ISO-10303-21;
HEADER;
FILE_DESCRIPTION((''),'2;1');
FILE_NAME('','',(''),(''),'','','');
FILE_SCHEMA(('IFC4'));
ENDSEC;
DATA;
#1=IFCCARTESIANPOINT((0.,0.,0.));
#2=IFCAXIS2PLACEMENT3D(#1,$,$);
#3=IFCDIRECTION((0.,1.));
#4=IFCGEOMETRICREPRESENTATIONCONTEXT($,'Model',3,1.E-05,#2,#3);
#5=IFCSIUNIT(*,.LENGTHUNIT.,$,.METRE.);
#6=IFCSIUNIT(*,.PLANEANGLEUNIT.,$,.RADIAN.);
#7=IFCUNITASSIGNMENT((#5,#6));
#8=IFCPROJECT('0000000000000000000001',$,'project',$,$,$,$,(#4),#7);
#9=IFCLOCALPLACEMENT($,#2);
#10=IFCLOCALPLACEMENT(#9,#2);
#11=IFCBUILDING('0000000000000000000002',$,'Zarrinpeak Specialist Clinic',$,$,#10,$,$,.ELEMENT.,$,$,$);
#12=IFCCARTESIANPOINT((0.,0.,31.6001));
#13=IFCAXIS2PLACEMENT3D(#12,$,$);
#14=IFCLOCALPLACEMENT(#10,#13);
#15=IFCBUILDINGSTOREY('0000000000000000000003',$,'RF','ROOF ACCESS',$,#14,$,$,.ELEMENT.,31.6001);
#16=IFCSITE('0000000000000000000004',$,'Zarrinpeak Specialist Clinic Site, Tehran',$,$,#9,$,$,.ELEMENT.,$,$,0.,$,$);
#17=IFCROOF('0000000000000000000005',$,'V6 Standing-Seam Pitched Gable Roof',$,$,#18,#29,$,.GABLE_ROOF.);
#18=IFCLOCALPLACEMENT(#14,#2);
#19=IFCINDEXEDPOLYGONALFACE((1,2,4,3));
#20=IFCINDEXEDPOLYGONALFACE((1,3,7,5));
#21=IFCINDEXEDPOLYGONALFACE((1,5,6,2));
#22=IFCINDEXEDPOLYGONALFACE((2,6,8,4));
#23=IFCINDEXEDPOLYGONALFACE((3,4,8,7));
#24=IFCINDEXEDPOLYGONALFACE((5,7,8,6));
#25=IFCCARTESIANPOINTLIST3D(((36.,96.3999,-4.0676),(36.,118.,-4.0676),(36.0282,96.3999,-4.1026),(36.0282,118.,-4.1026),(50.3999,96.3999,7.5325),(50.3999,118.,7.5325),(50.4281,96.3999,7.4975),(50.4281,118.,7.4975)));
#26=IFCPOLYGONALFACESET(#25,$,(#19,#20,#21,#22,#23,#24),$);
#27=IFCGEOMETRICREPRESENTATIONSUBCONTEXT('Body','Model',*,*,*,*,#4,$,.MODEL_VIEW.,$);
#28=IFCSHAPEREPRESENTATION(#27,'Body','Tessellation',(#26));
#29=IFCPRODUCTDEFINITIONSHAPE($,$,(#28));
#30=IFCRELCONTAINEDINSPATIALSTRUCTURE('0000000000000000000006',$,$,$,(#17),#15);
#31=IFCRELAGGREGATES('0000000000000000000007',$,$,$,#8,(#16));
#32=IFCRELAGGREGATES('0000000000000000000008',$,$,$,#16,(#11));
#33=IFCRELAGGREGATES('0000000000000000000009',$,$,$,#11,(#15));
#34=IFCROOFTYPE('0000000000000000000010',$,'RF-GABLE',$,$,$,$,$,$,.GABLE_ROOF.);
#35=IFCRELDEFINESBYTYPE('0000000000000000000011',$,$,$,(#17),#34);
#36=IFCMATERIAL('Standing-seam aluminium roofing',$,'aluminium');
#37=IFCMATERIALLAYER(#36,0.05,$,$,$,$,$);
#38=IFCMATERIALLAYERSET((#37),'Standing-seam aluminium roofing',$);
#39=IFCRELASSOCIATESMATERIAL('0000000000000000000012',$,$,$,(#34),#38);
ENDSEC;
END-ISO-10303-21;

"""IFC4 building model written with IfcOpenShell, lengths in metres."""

from ifc_helpers import new_model, si_unit, direction, frame, origin, place, context, subcontext, project, spatial, polyline, outline, extrude, material, layer, layer_set, type_object, element, save


model = new_model("IFC4")

# Units and contexts
model_context = context("Model", 3, precision=1e-05, world=origin(), true_north=direction((0.0, 1.0)))
body_context = subcontext(model_context, "Body", "Model", "MODEL_VIEW")
ifc_project = project(units=[si_unit("LENGTHUNIT", "METRE"), si_unit("PLANEANGLEUNIT", "RADIAN")], contexts=[model_context])

# Site, building, storey
site_placement = place(None, origin())
site = spatial("IfcSite", under=ifc_project, at=site_placement, Name="Zarrinpeak Specialist Clinic Site, Tehran", CompositionType="ELEMENT", RefElevation=0.0)
building_placement = place(site_placement, origin())
building = spatial("IfcBuilding", under=site, at=building_placement, Name="Zarrinpeak Specialist Clinic", CompositionType="ELEMENT")
storey_placement = place(building_placement, frame((0.0, 0.0, 31.6001)))
storey = spatial("IfcBuildingStorey", under=building, at=storey_placement, Name="RF", Description="ROOF ACCESS", CompositionType="ELEMENT", Elevation=31.6001)

# Roof
ifc_material_1 = material(Name="Standing-seam aluminium roofing", Category="aluminium")
ifc_layer_1 = layer(ifc_material_1, 0.05)
ifc_layer_set_1 = layer_set([ifc_layer_1], Name="Standing-seam aluminium roofing")
roof_type = type_object("IfcRoofType", Name="RF-GABLE", PredefinedType="GABLE_ROOF", material=ifc_layer_set_1)
roof_placement = place(storey_placement, frame((36.0, 96.3999, -4.0676), z_axis=(-0.627335, 0.0, 0.778749), x_axis=(0.778749, 0.0, 0.627335)))
element("IfcRoof", 1, at=roof_placement, inside=storey, type_object=roof_type, Name="V6 Standing-Seam Pitched Gable Roof", PredefinedType="GABLE_ROOF", context=body_context, shape_type="SweptSolid", body=[
    extrude(outline(polyline([(0.0, 0.0), (18.4911, 0.0), (18.4911, 21.6001), (0.0, 21.6001), (0.0, 0.0)])), origin(), (0.0, 0.0, -1.0), 0.0449),
])

save(model, "model.ifc")
